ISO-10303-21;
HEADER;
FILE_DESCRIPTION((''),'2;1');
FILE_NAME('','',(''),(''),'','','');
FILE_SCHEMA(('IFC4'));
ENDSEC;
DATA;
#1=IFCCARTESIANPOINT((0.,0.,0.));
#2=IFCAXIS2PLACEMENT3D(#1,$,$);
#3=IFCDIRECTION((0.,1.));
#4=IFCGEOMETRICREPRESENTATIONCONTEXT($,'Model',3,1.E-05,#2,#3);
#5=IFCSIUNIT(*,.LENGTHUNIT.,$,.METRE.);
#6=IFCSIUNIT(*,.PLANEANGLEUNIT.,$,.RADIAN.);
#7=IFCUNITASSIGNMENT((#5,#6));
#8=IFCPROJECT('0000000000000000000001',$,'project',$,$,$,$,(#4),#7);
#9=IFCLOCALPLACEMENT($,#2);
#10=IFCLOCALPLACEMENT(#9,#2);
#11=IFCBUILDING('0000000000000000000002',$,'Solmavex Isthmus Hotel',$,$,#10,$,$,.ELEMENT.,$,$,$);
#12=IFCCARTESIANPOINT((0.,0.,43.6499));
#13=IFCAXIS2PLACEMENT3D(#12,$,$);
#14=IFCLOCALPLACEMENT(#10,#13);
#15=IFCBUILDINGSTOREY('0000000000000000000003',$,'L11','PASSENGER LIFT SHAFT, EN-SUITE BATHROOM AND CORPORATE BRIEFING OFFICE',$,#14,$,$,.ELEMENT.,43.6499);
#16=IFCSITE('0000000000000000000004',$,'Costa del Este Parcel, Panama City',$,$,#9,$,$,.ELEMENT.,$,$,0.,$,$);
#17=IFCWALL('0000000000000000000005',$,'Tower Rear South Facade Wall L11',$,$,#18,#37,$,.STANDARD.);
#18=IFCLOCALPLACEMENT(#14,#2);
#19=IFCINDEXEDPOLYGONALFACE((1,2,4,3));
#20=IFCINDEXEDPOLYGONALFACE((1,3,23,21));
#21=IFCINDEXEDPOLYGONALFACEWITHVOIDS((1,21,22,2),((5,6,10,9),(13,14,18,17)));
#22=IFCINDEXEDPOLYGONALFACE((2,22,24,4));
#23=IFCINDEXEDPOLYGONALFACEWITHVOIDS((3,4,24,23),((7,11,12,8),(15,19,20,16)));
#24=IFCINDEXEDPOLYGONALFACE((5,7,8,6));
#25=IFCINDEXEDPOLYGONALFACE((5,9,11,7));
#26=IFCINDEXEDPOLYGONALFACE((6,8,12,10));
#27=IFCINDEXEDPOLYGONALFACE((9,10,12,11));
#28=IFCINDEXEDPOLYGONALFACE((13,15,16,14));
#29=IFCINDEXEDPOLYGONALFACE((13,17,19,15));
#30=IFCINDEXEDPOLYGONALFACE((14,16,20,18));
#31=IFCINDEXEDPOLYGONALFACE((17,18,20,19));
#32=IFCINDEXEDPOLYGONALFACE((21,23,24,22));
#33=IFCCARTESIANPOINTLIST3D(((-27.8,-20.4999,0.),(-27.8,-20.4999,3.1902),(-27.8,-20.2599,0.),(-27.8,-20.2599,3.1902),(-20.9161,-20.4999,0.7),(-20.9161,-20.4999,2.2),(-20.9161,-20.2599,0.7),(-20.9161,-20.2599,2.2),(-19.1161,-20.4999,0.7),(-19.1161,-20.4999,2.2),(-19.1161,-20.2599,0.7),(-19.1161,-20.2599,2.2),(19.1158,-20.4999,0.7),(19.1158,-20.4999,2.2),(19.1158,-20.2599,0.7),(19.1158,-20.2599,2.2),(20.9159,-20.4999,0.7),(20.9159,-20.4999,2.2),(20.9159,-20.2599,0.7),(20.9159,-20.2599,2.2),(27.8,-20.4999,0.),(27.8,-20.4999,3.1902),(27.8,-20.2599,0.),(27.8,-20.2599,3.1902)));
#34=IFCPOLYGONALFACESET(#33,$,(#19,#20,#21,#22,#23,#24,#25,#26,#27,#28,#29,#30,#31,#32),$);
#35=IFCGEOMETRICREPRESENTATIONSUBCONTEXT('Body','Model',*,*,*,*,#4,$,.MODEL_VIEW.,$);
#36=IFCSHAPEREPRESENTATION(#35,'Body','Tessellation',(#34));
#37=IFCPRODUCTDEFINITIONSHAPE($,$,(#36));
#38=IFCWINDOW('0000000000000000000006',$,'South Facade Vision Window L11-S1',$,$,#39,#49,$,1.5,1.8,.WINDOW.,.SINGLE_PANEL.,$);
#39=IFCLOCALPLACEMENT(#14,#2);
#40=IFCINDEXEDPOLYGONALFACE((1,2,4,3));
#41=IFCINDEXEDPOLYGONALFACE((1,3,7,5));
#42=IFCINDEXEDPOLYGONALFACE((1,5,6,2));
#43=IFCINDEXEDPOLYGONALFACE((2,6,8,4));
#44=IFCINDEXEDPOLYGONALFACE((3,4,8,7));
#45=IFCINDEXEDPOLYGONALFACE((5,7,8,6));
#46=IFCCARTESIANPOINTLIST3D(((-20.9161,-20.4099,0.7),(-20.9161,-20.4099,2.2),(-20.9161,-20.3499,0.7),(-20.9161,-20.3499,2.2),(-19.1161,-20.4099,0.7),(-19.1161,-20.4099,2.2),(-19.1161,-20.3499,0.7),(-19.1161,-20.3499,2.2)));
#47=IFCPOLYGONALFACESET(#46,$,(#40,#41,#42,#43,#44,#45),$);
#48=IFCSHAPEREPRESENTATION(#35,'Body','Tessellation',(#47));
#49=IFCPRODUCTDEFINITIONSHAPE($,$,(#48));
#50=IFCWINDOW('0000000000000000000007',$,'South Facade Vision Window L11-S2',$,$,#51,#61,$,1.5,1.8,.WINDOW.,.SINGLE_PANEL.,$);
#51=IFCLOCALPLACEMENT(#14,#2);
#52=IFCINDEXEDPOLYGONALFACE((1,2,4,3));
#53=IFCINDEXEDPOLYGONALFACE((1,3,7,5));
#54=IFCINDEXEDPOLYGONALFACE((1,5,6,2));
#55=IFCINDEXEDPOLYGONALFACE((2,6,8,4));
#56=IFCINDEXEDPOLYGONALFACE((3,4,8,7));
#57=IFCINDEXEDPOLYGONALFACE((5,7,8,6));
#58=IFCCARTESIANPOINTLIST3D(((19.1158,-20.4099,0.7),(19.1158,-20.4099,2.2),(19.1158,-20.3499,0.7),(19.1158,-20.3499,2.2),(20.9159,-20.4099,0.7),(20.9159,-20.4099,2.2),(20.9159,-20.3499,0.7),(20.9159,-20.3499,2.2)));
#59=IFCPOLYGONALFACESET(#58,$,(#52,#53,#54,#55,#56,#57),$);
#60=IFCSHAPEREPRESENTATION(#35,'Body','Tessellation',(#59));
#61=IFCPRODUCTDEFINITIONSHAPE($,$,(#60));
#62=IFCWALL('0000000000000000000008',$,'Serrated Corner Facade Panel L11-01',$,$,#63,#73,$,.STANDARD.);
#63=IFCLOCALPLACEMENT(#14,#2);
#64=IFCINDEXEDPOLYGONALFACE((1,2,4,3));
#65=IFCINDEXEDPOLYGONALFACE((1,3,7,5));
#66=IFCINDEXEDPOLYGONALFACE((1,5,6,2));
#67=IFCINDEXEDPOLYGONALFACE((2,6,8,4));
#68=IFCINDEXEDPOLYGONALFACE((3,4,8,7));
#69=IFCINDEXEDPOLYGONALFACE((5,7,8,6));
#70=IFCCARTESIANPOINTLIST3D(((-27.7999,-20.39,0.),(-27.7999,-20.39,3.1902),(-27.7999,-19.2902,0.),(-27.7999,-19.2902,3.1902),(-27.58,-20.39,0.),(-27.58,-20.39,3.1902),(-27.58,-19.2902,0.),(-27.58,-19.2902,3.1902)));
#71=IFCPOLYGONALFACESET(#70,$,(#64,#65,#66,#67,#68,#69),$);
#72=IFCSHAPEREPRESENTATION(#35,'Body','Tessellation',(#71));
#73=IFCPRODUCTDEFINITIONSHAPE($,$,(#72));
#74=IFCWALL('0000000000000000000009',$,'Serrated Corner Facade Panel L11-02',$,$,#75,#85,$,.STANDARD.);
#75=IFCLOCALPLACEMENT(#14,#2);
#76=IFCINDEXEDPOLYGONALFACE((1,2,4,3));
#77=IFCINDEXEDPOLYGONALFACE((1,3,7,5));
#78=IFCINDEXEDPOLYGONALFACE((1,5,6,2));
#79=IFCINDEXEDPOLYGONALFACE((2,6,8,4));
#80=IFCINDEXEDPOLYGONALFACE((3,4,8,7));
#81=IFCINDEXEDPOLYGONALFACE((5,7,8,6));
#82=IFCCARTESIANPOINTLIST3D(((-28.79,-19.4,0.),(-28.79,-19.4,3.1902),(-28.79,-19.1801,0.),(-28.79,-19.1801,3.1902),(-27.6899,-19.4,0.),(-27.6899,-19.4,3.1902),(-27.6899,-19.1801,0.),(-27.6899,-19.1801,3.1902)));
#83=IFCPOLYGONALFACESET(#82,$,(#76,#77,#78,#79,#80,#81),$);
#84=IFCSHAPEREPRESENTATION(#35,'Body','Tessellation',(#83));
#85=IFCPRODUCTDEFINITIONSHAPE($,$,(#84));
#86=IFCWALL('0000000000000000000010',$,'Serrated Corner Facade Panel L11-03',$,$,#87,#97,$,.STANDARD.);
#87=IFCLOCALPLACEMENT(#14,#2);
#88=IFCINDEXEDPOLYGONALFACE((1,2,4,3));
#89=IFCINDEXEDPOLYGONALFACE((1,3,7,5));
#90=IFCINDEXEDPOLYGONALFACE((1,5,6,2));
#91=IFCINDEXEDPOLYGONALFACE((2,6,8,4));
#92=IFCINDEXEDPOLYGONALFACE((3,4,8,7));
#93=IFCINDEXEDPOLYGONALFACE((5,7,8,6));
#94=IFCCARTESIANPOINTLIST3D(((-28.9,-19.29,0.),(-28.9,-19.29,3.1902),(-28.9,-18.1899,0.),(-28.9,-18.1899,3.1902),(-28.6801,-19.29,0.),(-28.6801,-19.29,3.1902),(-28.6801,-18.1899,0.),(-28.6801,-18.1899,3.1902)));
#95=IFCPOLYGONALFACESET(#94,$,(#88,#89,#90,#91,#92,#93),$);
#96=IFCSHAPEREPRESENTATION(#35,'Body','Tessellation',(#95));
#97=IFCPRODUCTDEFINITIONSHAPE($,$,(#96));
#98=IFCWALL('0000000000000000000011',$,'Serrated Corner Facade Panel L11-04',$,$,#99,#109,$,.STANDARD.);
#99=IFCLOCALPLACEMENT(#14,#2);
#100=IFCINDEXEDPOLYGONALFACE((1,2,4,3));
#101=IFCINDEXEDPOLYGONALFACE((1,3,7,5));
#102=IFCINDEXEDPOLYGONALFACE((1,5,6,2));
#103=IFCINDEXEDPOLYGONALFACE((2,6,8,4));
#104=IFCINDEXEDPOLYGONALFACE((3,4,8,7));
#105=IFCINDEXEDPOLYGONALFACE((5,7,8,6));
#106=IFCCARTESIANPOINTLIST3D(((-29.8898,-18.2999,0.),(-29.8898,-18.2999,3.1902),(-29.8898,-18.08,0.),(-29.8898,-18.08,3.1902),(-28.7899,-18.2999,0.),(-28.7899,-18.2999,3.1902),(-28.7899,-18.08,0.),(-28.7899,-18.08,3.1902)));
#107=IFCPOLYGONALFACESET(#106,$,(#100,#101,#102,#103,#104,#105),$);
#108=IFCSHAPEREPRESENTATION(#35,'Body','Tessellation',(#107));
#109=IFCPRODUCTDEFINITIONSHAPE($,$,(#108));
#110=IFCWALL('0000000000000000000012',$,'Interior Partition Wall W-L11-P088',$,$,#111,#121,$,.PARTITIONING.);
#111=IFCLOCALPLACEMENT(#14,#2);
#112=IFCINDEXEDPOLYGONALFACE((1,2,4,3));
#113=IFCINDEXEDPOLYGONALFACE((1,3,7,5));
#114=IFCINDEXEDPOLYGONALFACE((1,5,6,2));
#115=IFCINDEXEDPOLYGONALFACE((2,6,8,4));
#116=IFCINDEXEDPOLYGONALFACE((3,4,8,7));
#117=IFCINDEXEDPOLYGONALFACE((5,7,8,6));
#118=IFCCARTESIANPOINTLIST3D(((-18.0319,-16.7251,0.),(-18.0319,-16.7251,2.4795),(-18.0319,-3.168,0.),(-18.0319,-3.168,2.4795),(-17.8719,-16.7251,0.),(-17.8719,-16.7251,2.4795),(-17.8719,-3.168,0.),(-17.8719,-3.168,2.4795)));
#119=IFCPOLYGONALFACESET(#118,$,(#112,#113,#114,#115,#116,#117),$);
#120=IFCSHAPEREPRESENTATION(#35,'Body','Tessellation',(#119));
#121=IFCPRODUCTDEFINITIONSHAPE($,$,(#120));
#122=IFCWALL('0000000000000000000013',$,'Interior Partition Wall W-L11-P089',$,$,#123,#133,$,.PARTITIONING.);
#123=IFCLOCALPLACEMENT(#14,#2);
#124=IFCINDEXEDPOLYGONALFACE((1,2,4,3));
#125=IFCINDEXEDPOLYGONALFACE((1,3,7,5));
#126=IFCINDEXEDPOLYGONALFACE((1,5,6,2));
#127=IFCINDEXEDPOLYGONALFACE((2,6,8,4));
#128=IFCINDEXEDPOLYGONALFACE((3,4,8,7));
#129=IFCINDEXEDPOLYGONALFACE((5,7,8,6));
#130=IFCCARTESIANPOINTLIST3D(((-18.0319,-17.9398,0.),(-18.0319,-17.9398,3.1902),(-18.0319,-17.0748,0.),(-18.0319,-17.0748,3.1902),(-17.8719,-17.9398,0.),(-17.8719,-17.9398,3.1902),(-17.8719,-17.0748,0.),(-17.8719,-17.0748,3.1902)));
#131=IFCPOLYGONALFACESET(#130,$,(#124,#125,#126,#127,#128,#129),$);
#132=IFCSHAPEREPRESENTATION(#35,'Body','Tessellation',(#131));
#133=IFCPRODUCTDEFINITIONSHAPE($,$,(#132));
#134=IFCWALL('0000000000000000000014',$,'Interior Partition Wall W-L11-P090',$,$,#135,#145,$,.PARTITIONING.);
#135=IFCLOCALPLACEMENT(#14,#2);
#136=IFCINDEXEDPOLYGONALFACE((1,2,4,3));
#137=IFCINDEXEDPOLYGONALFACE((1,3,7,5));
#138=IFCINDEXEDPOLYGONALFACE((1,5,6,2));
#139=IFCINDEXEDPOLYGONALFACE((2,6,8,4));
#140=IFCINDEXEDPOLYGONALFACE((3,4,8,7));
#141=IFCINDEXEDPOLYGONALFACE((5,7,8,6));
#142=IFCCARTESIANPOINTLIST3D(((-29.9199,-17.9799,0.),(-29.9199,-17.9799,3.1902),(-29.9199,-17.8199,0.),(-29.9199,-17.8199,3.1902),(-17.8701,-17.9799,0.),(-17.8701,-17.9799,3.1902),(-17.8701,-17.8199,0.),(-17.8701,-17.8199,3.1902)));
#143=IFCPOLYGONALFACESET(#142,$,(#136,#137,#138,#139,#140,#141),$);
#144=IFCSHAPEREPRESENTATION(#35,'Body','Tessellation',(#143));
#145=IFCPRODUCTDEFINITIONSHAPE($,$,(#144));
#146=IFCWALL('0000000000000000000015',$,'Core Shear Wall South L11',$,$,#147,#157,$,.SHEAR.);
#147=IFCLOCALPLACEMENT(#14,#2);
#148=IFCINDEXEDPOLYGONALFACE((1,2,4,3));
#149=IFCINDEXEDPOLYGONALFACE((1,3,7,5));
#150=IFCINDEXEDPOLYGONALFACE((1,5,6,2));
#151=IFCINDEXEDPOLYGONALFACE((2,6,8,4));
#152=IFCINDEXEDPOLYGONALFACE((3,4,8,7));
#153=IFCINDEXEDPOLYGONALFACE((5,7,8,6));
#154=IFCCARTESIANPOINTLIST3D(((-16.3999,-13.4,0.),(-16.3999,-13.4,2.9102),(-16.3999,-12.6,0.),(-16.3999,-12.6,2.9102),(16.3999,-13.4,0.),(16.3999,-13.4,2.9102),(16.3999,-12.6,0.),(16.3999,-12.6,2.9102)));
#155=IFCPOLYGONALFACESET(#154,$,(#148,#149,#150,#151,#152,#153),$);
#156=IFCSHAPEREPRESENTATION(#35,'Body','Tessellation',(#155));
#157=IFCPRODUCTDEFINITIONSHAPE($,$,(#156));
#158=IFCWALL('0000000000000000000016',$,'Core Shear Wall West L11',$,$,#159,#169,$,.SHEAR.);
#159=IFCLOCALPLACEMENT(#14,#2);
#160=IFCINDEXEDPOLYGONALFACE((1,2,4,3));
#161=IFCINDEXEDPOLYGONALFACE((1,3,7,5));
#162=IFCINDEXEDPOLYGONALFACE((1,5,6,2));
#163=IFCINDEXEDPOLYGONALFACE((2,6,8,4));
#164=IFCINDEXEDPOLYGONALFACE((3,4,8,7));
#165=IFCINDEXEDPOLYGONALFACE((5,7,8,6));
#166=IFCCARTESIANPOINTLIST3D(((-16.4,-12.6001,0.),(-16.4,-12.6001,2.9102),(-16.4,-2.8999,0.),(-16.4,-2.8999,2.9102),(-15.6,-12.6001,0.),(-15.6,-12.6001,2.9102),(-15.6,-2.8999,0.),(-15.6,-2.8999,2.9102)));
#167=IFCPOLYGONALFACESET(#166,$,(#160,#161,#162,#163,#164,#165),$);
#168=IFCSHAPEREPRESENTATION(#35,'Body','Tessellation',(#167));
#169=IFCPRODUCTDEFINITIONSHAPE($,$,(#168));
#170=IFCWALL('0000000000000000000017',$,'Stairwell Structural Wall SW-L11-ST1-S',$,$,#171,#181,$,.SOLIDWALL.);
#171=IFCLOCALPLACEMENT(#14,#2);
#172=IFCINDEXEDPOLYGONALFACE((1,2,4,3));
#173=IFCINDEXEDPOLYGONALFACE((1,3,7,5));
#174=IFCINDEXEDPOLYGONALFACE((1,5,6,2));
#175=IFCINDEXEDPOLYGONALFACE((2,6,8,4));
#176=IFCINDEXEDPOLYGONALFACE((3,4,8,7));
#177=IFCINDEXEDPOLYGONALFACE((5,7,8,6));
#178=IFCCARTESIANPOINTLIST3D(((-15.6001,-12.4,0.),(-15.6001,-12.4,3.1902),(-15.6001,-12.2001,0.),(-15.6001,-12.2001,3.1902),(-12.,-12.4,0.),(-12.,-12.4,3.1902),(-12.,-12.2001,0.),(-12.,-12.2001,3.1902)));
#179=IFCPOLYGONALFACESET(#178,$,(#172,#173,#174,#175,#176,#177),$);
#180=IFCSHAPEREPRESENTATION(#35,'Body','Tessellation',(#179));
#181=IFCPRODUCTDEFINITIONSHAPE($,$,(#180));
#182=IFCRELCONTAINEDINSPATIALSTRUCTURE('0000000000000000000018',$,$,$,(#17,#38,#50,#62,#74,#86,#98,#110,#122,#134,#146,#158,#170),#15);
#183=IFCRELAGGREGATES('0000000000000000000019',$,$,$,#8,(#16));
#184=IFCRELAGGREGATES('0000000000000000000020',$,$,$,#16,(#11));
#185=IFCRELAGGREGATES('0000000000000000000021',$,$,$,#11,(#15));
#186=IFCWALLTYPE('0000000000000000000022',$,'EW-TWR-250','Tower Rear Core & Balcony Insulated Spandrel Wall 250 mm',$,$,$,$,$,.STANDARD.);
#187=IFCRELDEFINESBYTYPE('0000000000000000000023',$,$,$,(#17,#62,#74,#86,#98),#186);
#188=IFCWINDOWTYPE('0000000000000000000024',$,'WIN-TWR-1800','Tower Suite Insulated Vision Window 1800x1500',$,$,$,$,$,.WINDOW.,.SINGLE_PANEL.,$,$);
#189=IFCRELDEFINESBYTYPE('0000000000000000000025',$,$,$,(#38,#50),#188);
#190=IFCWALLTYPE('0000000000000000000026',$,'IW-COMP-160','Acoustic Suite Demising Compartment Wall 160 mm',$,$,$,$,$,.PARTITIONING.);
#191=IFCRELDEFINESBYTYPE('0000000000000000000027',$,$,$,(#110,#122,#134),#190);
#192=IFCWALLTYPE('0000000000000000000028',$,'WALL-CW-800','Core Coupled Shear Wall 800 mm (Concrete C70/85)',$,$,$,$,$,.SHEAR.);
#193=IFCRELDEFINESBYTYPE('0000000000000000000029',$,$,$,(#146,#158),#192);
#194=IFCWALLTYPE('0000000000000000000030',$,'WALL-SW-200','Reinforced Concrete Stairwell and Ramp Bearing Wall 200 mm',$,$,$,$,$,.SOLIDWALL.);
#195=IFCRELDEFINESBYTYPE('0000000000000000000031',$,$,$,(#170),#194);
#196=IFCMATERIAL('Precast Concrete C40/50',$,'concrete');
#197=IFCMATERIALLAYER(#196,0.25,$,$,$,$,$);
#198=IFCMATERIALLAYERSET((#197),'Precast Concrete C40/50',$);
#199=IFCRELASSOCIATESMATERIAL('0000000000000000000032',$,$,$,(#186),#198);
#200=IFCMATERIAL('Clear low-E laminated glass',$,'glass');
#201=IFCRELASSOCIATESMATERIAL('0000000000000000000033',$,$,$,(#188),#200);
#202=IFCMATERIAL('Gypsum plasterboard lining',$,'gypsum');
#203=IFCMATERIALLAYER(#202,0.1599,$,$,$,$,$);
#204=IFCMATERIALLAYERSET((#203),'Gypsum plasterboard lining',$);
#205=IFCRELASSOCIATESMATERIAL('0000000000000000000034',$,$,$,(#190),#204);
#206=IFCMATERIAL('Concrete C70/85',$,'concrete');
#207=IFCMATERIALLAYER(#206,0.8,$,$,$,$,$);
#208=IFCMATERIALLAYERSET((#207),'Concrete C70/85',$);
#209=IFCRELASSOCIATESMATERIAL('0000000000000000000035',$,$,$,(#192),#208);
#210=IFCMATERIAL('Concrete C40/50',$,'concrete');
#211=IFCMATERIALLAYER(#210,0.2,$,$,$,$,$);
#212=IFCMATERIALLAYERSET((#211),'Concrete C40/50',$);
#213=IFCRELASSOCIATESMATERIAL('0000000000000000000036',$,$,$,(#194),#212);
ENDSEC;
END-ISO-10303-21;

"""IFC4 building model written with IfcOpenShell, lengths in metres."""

from ifc_helpers import new_model, si_unit, direction, frame, frame_2d, origin, place, context, subcontext, project, spatial, rectangle, extrude, material, layer, layer_set, type_object, element, fill, save


model = new_model("IFC4")

# Units and contexts
model_context = context("Model", 3, precision=1e-05, world=origin(), true_north=direction((0.0, 1.0)))
body_context = subcontext(model_context, "Body", "Model", "MODEL_VIEW")
ifc_project = project(units=[si_unit("LENGTHUNIT", "METRE"), si_unit("PLANEANGLEUNIT", "RADIAN")], contexts=[model_context])

# Site, building, storey
site_placement = place(None, origin())
site = spatial("IfcSite", under=ifc_project, at=site_placement, Name="Costa del Este Parcel, Panama City", CompositionType="ELEMENT", RefElevation=0.0)
building_placement = place(site_placement, origin())
building = spatial("IfcBuilding", under=site, at=building_placement, Name="Solmavex Isthmus Hotel", CompositionType="ELEMENT")
storey_placement = place(building_placement, frame((0.0, 0.0, 43.6499)))
storey = spatial("IfcBuildingStorey", under=building, at=storey_placement, Name="L11", Description="PASSENGER LIFT SHAFT, EN-SUITE BATHROOM AND CORPORATE BRIEFING OFFICE", CompositionType="ELEMENT", Elevation=43.6499)

# Shared definitions
ifc_material_1 = material(Name="Concrete C70/85", Category="concrete")

# Shared definitions
ifc_material_2 = material(Name="Clear low-E laminated glass", Category="glass")

# Wall, openings, windows
ifc_material_3 = material(Name="Precast Concrete C40/50", Category="concrete")
ifc_layer_1 = layer(ifc_material_3, 0.25)
ifc_layer_set_1 = layer_set([ifc_layer_1], Name="Precast Concrete C40/50")
wall_type_1 = type_object("IfcWallType", Name="EW-TWR-250", Description="Tower Rear Core & Balcony Insulated Spandrel Wall 250 mm", PredefinedType="STANDARD", material=ifc_layer_set_1)
wall_1_placement = place(storey_placement, frame((-27.8, -20.3799, 0.0), z_axis=(0.0, 0.0, 1.0), x_axis=(1.0, 0.0, 0.0)))
wall_1 = element("IfcWall", 1, at=wall_1_placement, inside=storey, type_object=wall_type_1, Name="Tower Rear South Facade Wall L11", PredefinedType="STANDARD", context=body_context, shape_type="SweptSolid", body=[
    extrude(rectangle(XDim=55.6001, YDim=0.24, at=frame_2d((27.8, 0.0))), origin(), (0.0, 0.0, 1.0), 3.1902),
])
opening_1_placement = place(wall_1_placement, frame((6.884, 0.0, 0.7)))
opening_1 = element("IfcOpeningElement", 2, at=opening_1_placement, cuts=wall_1, PredefinedType="OPENING", context=body_context, shape_type="SweptSolid", body=[
    extrude(rectangle(XDim=1.8, YDim=1.5, at=frame_2d((0.8999, 0.75))), frame((0.0, 0.1299, 0.0), z_axis=(0.0, -1.0, 0.0), x_axis=(1.0, 0.0, 0.0)), (0.0, 0.0, 1.0), 0.26),
])
opening_2_placement = place(wall_1_placement, frame((46.916, 0.0, 0.7)))
opening_2 = element("IfcOpeningElement", 3, at=opening_2_placement, cuts=wall_1, PredefinedType="OPENING", context=body_context, shape_type="SweptSolid", body=[
    extrude(rectangle(XDim=1.8, YDim=1.5, at=frame_2d((0.8999, 0.75))), frame((0.0, 0.1299, 0.0), z_axis=(0.0, -1.0, 0.0), x_axis=(1.0, 0.0, 0.0)), (0.0, 0.0, 1.0), 0.26),
])
window_type = type_object("IfcWindowType", Name="WIN-TWR-1800", Description="Tower Suite Insulated Vision Window 1800x1500", PartitioningType="SINGLE_PANEL", PredefinedType="WINDOW", material=ifc_material_2)
window_1_placement = place(opening_1_placement, origin())
window_1 = element("IfcWindow", 4, at=window_1_placement, inside=storey, type_object=window_type, Name="South Facade Vision Window L11-S1", OverallHeight=1.5, OverallWidth=1.8, PartitioningType="SINGLE_PANEL", PredefinedType="WINDOW", context=body_context, shape_type="SweptSolid", body=[
    extrude(rectangle(XDim=1.8, YDim=1.5, at=frame_2d((0.8999, 0.75))), frame((0.0, 0.03, 0.0), z_axis=(0.0, -1.0, 0.0), x_axis=(1.0, 0.0, 0.0)), (0.0, 0.0, 1.0), 0.0601),
])
fill(opening_1, window_1)
window_2_placement = place(opening_2_placement, origin())
window_2 = element("IfcWindow", 5, at=window_2_placement, inside=storey, type_object=window_type, Name="South Facade Vision Window L11-S2", OverallHeight=1.5, OverallWidth=1.8, PartitioningType="SINGLE_PANEL", PredefinedType="WINDOW", context=body_context, shape_type="SweptSolid", body=[
    extrude(rectangle(XDim=1.8, YDim=1.5, at=frame_2d((0.8999, 0.75))), frame((0.0, 0.03, 0.0), z_axis=(0.0, -1.0, 0.0), x_axis=(1.0, 0.0, 0.0)), (0.0, 0.0, 1.0), 0.0601),
])
fill(opening_2, window_2)

# Walls
wall_2_placement = place(storey_placement, frame((-27.6899, -20.3899, 0.0), z_axis=(0.0, 0.0, 1.0), x_axis=(0.0, 1.0, 0.0)))
element("IfcWall", 6, at=wall_2_placement, inside=storey, type_object=wall_type_1, Name="Serrated Corner Facade Panel L11-01", PredefinedType="STANDARD", context=body_context, shape_type="SweptSolid", body=[
    extrude(rectangle(XDim=1.0999, YDim=0.22, at=frame_2d((0.5498, 0.0))), origin(), (0.0, 0.0, 1.0), 3.1902),
])
for number, where, z_axis, x_axis, name in (
    (7, (-27.6899, -19.29, 0.0), (0.0, 0.0, 1.0), (-1.0, 0.0, 0.0), "Serrated Corner Facade Panel L11-02"),
    (8, (-28.79, -19.29, 0.0), (0.0, 0.0, 1.0), (0.0, 1.0, 0.0), "Serrated Corner Facade Panel L11-03"),
):
    element("IfcWall", number, at=place(storey_placement, frame(where, z_axis=z_axis, x_axis=x_axis)), inside=storey, type_object=wall_type_1, Name=name, PredefinedType="STANDARD", context=body_context, shape_type="SweptSolid", body=[
        extrude(rectangle(XDim=1.1001, YDim=0.22, at=frame_2d((0.55, 0.0))), origin(), (0.0, 0.0, 1.0), 3.1902),
    ])
wall_3_placement = place(storey_placement, frame((-28.79, -18.1899, 0.0), z_axis=(0.0, 0.0, 1.0), x_axis=(-1.0, 0.0, 0.0)))
element("IfcWall", 9, at=wall_3_placement, inside=storey, type_object=wall_type_1, Name="Serrated Corner Facade Panel L11-04", PredefinedType="STANDARD", context=body_context, shape_type="SweptSolid", body=[
    extrude(rectangle(XDim=1.0999, YDim=0.22, at=frame_2d((0.5498, 0.0))), origin(), (0.0, 0.0, 1.0), 3.1902),
])
ifc_material_4 = material(Name="Gypsum plasterboard lining", Category="gypsum")
ifc_layer_2 = layer(ifc_material_4, 0.1599)
ifc_layer_set_2 = layer_set([ifc_layer_2], Name="Gypsum plasterboard lining")
wall_type_2 = type_object("IfcWallType", Name="IW-COMP-160", Description="Acoustic Suite Demising Compartment Wall 160 mm", PredefinedType="PARTITIONING", material=ifc_layer_set_2)
wall_4_placement = place(storey_placement, frame((-17.9519, -16.7251, 0.0), z_axis=(0.0, 0.0, 1.0), x_axis=(0.0, 1.0, 0.0)))
element("IfcWall", 10, at=wall_4_placement, inside=storey, type_object=wall_type_2, Name="Interior Partition Wall W-L11-P088", PredefinedType="PARTITIONING", context=body_context, shape_type="SweptSolid", body=[
    extrude(rectangle(XDim=13.5571, YDim=0.1599, at=frame_2d((6.7786, 0.0))), origin(), (0.0, 0.0, 1.0), 2.4795),
])
wall_5_placement = place(storey_placement, frame((-17.9519, -17.9399, 0.0), z_axis=(0.0, 0.0, 1.0), x_axis=(0.0, 1.0, 0.0)))
element("IfcWall", 11, at=wall_5_placement, inside=storey, type_object=wall_type_2, Name="Interior Partition Wall W-L11-P089", PredefinedType="PARTITIONING", context=body_context, shape_type="SweptSolid", body=[
    extrude(rectangle(XDim=0.865, YDim=0.1599, at=frame_2d((0.4326, 0.0))), origin(), (0.0, 0.0, 1.0), 3.1902),
])
wall_6_placement = place(storey_placement, frame((-29.9199, -17.8999, 0.0), z_axis=(0.0, 0.0, 1.0), x_axis=(1.0, 0.0, 0.0)))
element("IfcWall", 12, at=wall_6_placement, inside=storey, type_object=wall_type_2, Name="Interior Partition Wall W-L11-P090", PredefinedType="PARTITIONING", context=body_context, shape_type="SweptSolid", body=[
    extrude(rectangle(XDim=12.0498, YDim=0.1599, at=frame_2d((6.0249, 0.0))), origin(), (0.0, 0.0, 1.0), 3.1902),
])
ifc_layer_3 = layer(ifc_material_1, 0.8)
ifc_layer_set_3 = layer_set([ifc_layer_3], Name="Concrete C70/85")
wall_type_3 = type_object("IfcWallType", Name="WALL-CW-800", Description="Core Coupled Shear Wall 800 mm (Concrete C70/85)", PredefinedType="SHEAR", material=ifc_layer_set_3)
wall_7_placement = place(storey_placement, frame((-16.3999, -13.0, 0.0), z_axis=(0.0, 0.0, 1.0), x_axis=(1.0, 0.0, 0.0)))
element("IfcWall", 13, at=wall_7_placement, inside=storey, type_object=wall_type_3, Name="Core Shear Wall South L11", PredefinedType="SHEAR", context=body_context, shape_type="SweptSolid", body=[
    extrude(rectangle(XDim=32.7998, YDim=0.8, at=frame_2d((16.3999, 0.0))), origin(), (0.0, 0.0, 1.0), 2.9102),
])
wall_8_placement = place(storey_placement, frame((-16.0, -12.6001, 0.0), z_axis=(0.0, 0.0, 1.0), x_axis=(0.0, 1.0, 0.0)))
element("IfcWall", 14, at=wall_8_placement, inside=storey, type_object=wall_type_3, Name="Core Shear Wall West L11", PredefinedType="SHEAR", context=body_context, shape_type="SweptSolid", body=[
    extrude(rectangle(XDim=9.7002, YDim=0.8, at=frame_2d((4.8501, 0.0))), origin(), (0.0, 0.0, 1.0), 2.9102),
])
ifc_material_5 = material(Name="Concrete C40/50", Category="concrete")
ifc_layer_4 = layer(ifc_material_5, 0.2)
ifc_layer_set_4 = layer_set([ifc_layer_4], Name="Concrete C40/50")
wall_type_4 = type_object("IfcWallType", Name="WALL-SW-200", Description="Reinforced Concrete Stairwell and Ramp Bearing Wall 200 mm", PredefinedType="SOLIDWALL", material=ifc_layer_set_4)
wall_9_placement = place(storey_placement, frame((-15.6001, -12.3, 0.0), z_axis=(0.0, 0.0, 1.0), x_axis=(1.0, 0.0, 0.0)))
element("IfcWall", 15, at=wall_9_placement, inside=storey, type_object=wall_type_4, Name="Stairwell Structural Wall SW-L11-ST1-S", PredefinedType="SOLIDWALL", context=body_context, shape_type="SweptSolid", body=[
    extrude(rectangle(XDim=3.6001, YDim=0.2, at=frame_2d((1.8, 0.0))), origin(), (0.0, 0.0, 1.0), 3.1902),
])

save(model, "model.ifc")
